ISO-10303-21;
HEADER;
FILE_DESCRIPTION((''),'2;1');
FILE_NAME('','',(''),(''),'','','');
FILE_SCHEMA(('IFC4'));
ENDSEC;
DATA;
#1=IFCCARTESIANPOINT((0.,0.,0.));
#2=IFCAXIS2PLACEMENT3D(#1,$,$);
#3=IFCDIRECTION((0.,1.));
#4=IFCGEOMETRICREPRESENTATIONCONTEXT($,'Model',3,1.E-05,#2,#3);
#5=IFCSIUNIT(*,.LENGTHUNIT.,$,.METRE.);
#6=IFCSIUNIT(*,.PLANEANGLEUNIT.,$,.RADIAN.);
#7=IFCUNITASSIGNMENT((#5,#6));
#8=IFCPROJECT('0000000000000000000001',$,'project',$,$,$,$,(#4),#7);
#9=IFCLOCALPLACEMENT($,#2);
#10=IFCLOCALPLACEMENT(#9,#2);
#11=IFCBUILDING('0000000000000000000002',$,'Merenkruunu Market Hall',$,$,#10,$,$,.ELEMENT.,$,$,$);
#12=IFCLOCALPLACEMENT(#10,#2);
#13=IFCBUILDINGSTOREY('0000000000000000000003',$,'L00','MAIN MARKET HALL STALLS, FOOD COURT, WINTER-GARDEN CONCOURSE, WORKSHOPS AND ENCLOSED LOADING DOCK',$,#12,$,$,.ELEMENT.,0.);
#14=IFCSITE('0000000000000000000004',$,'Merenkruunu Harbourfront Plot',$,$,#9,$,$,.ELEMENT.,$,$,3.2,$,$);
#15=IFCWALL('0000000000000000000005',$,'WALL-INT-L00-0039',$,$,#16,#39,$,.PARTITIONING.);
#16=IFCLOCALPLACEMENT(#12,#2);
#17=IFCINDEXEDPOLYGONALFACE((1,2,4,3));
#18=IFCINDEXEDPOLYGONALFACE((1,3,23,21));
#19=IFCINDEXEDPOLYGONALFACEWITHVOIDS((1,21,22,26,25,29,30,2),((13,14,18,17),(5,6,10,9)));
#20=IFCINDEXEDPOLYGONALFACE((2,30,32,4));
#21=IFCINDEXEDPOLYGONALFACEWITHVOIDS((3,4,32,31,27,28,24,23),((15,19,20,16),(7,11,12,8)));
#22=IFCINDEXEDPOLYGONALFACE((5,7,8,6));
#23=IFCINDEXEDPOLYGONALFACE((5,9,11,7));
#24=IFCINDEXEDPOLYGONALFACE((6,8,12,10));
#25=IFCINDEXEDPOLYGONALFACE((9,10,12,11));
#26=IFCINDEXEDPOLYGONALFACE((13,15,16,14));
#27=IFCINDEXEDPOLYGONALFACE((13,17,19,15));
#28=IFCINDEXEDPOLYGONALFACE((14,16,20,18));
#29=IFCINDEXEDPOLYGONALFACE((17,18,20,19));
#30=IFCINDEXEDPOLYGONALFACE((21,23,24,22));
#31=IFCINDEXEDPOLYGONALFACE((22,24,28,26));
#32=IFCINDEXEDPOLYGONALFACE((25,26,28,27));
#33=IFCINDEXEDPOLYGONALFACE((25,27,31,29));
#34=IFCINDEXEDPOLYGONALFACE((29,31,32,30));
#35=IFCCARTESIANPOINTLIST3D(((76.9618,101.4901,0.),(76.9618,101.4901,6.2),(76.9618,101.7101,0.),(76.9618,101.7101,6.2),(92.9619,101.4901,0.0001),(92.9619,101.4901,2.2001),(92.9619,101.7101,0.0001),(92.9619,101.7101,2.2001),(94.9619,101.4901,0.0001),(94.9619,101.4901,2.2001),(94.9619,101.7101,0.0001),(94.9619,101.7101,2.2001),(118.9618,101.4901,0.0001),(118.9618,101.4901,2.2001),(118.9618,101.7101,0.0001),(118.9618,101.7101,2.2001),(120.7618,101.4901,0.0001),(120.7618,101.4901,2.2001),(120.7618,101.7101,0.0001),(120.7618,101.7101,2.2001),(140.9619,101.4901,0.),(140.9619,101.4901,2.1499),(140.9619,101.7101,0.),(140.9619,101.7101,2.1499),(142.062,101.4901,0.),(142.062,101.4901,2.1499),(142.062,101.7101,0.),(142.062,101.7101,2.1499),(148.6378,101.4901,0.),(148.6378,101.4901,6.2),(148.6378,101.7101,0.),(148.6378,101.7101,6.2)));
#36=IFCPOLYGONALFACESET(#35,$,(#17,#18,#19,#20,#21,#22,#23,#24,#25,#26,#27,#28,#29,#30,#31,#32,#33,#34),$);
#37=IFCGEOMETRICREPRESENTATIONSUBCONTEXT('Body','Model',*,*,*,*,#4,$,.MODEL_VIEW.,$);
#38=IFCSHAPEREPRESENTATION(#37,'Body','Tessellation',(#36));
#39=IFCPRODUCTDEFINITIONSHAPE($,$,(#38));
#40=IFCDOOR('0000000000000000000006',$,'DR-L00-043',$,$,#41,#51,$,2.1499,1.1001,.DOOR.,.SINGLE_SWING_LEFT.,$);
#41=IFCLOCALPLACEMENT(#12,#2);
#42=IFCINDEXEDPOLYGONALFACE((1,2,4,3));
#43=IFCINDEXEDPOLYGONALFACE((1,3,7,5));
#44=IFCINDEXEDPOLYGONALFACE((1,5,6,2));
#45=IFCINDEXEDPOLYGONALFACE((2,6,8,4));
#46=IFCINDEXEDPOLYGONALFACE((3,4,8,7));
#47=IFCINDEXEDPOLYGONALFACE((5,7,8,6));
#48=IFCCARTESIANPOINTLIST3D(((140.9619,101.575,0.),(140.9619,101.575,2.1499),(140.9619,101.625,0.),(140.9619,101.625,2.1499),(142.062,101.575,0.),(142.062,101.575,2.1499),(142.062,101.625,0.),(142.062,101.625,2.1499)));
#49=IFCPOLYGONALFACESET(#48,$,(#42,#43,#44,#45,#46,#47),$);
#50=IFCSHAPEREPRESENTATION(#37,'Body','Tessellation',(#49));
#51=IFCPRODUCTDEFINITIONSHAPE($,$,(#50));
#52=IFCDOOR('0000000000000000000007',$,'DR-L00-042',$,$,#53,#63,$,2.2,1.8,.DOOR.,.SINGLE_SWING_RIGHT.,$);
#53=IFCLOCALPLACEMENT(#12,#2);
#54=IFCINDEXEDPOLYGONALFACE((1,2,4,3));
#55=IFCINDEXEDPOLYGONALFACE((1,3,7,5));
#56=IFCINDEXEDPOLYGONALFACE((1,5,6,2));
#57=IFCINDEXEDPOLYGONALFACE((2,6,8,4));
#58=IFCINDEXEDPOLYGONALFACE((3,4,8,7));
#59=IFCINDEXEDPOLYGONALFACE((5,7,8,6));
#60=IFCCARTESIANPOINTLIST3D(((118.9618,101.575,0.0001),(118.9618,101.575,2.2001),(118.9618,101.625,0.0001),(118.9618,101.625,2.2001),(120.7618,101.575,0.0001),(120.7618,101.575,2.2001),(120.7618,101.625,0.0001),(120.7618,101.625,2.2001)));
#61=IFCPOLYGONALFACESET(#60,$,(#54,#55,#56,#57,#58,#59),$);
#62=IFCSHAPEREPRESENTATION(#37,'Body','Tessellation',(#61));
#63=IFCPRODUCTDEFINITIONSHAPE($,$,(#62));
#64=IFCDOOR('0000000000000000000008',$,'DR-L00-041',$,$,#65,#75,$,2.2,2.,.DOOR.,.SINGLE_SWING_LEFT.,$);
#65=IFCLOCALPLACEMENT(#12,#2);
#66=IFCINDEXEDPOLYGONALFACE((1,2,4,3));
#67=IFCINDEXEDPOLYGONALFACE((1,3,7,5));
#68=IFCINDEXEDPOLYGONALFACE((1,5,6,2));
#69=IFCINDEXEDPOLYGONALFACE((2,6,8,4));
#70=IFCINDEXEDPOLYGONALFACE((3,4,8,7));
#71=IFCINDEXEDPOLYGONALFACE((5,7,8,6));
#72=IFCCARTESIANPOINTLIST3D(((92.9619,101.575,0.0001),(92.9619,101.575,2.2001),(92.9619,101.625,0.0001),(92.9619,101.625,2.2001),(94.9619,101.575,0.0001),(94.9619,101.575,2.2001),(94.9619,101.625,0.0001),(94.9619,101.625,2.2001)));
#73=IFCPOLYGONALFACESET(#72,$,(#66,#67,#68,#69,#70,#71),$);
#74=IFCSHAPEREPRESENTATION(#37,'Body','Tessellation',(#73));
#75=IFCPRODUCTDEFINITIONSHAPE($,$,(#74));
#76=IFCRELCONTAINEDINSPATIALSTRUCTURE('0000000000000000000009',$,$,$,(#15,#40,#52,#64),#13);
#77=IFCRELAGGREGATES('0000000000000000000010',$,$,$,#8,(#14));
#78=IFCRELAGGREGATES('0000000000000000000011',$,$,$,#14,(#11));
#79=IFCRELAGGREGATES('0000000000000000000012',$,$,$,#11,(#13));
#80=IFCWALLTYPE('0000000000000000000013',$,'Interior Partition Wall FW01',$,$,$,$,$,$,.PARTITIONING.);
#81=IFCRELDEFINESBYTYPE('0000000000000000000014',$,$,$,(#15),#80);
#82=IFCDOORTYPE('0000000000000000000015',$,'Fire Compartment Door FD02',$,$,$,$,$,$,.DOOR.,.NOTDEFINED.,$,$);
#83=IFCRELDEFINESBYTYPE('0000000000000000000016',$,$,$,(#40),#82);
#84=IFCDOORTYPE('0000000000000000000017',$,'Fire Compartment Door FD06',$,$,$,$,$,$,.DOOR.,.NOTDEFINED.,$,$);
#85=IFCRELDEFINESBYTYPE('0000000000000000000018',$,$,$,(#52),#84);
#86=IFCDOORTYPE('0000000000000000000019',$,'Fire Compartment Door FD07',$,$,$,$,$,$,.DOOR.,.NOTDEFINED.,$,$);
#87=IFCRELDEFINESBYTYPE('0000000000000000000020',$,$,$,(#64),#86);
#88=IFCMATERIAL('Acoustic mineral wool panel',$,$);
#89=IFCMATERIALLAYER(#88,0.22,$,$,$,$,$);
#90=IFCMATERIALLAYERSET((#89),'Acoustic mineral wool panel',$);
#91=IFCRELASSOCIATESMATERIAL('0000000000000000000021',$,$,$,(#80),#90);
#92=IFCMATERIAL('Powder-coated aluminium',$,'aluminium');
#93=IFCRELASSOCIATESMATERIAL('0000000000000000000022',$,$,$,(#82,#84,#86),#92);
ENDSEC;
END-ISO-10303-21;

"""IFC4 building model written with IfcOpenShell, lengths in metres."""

from ifc_helpers import new_model, si_unit, direction, frame, frame_2d, origin, place, context, subcontext, project, spatial, rectangle, extrude, material, layer, layer_set, type_object, element, fill, save


model = new_model("IFC4")

# Units and contexts
model_context = context("Model", 3, precision=1e-05, world=origin(), true_north=direction((0.0, 1.0)))
body_context = subcontext(model_context, "Body", "Model", "MODEL_VIEW")
ifc_project = project(units=[si_unit("LENGTHUNIT", "METRE"), si_unit("PLANEANGLEUNIT", "RADIAN")], contexts=[model_context])

# Site, building, storey
site_placement = place(None, origin())
site = spatial("IfcSite", under=ifc_project, at=site_placement, Name="Merenkruunu Harbourfront Plot", CompositionType="ELEMENT", RefElevation=3.2)
building_placement = place(site_placement, origin())
building = spatial("IfcBuilding", under=site, at=building_placement, Name="Merenkruunu Market Hall", CompositionType="ELEMENT")
storey_placement = place(building_placement, origin())
storey = spatial("IfcBuildingStorey", under=building, at=storey_placement, Name="L00", Description="MAIN MARKET HALL STALLS, FOOD COURT, WINTER-GARDEN CONCOURSE, WORKSHOPS AND ENCLOSED LOADING DOCK", CompositionType="ELEMENT", Elevation=0.0)

# Wall, openings, doors
ifc_material_1 = material(Name="Acoustic mineral wool panel")
ifc_layer_1 = layer(ifc_material_1, 0.22)
ifc_layer_set_1 = layer_set([ifc_layer_1], Name="Acoustic mineral wool panel")
wall_type = type_object("IfcWallType", Name="Interior Partition Wall FW01", PredefinedType="PARTITIONING", material=ifc_layer_set_1)
wall_placement = place(storey_placement, frame((76.9619, 101.6001, 0.0), z_axis=(0.0, 0.0, 1.0), x_axis=(1.0, 0.0, 0.0)))
wall = element("IfcWall", 1, at=wall_placement, inside=storey, type_object=wall_type, Name="WALL-INT-L00-0039", PredefinedType="PARTITIONING", context=body_context, shape_type="SweptSolid", body=[
    extrude(rectangle(XDim=71.676, YDim=0.22, at=frame_2d((35.8379, 0.0))), origin(), (0.0, 0.0, 1.0), 6.2),
])
opening_1_placement = place(wall_placement, frame((16.0, 0.0, 0.0)))
opening_1 = element("IfcOpeningElement", 2, at=opening_1_placement, cuts=wall, PredefinedType="OPENING", context=body_context, shape_type="SweptSolid", body=[
    extrude(rectangle(XDim=2.0, YDim=2.2, at=frame_2d((1.0, 1.1001))), frame((0.0, 0.1201, 0.0), z_axis=(0.0, -1.0, 0.0), x_axis=(1.0, 0.0, 0.0)), (0.0, 0.0, 1.0), 0.24),
])
opening_2_placement = place(wall_placement, frame((42.0, 0.0, 0.0)))
opening_2 = element("IfcOpeningElement", 3, at=opening_2_placement, cuts=wall, PredefinedType="OPENING", context=body_context, shape_type="SweptSolid", body=[
    extrude(rectangle(XDim=1.8, YDim=2.2, at=frame_2d((0.8999, 1.1001))), frame((0.0, 0.1201, 0.0), z_axis=(0.0, -1.0, 0.0), x_axis=(1.0, 0.0, 0.0)), (0.0, 0.0, 1.0), 0.24),
])
opening_3_placement = place(wall_placement, frame((64.0, 0.0, 0.0)))
opening_3 = element("IfcOpeningElement", 4, at=opening_3_placement, cuts=wall, PredefinedType="OPENING", context=body_context, shape_type="SweptSolid", body=[
    extrude(rectangle(XDim=1.1001, YDim=2.1499, at=frame_2d((0.55, 1.075))), frame((0.0, 0.1201, 0.0), z_axis=(0.0, -1.0, 0.0), x_axis=(1.0, 0.0, 0.0)), (0.0, 0.0, 1.0), 0.24),
])
ifc_material_2 = material(Name="Powder-coated aluminium", Category="aluminium")
door_type_1 = type_object("IfcDoorType", Name="Fire Compartment Door FD02", OperationType="NOTDEFINED", PredefinedType="DOOR", material=ifc_material_2)
door_1_placement = place(opening_3_placement, origin())
door_1 = element("IfcDoor", 5, at=door_1_placement, inside=storey, type_object=door_type_1, Name="DR-L00-043", OperationType="SINGLE_SWING_LEFT", OverallHeight=2.1499, OverallWidth=1.1001, PredefinedType="DOOR", context=body_context, shape_type="SweptSolid", body=[
    extrude(rectangle(XDim=1.1001, YDim=2.1499, at=frame_2d((0.55, 1.075))), frame((0.0, 0.0249, 0.0), z_axis=(0.0, -1.0, 0.0), x_axis=(1.0, 0.0, 0.0)), (0.0, 0.0, 1.0), 0.05),
])
fill(opening_3, door_1)
door_type_2 = type_object("IfcDoorType", Name="Fire Compartment Door FD06", OperationType="NOTDEFINED", PredefinedType="DOOR", material=ifc_material_2)
door_2_placement = place(opening_2_placement, origin())
door_2 = element("IfcDoor", 6, at=door_2_placement, inside=storey, type_object=door_type_2, Name="DR-L00-042", OperationType="SINGLE_SWING_RIGHT", OverallHeight=2.2, OverallWidth=1.8, PredefinedType="DOOR", context=body_context, shape_type="SweptSolid", body=[
    extrude(rectangle(XDim=1.8, YDim=2.2, at=frame_2d((0.8999, 1.1001))), frame((0.0, 0.0249, 0.0), z_axis=(0.0, -1.0, 0.0), x_axis=(1.0, 0.0, 0.0)), (0.0, 0.0, 1.0), 0.05),
])
fill(opening_2, door_2)
door_type_3 = type_object("IfcDoorType", Name="Fire Compartment Door FD07", OperationType="NOTDEFINED", PredefinedType="DOOR", material=ifc_material_2)
door_3_placement = place(opening_1_placement, origin())
door_3 = element("IfcDoor", 7, at=door_3_placement, inside=storey, type_object=door_type_3, Name="DR-L00-041", OperationType="SINGLE_SWING_LEFT", OverallHeight=2.2, OverallWidth=2.0, PredefinedType="DOOR", context=body_context, shape_type="SweptSolid", body=[
    extrude(rectangle(XDim=2.0, YDim=2.2, at=frame_2d((1.0, 1.1001))), frame((0.0, 0.0249, 0.0), z_axis=(0.0, -1.0, 0.0), x_axis=(1.0, 0.0, 0.0)), (0.0, 0.0, 1.0), 0.05),
])
fill(opening_1, door_3)

save(model, "model.ifc")
